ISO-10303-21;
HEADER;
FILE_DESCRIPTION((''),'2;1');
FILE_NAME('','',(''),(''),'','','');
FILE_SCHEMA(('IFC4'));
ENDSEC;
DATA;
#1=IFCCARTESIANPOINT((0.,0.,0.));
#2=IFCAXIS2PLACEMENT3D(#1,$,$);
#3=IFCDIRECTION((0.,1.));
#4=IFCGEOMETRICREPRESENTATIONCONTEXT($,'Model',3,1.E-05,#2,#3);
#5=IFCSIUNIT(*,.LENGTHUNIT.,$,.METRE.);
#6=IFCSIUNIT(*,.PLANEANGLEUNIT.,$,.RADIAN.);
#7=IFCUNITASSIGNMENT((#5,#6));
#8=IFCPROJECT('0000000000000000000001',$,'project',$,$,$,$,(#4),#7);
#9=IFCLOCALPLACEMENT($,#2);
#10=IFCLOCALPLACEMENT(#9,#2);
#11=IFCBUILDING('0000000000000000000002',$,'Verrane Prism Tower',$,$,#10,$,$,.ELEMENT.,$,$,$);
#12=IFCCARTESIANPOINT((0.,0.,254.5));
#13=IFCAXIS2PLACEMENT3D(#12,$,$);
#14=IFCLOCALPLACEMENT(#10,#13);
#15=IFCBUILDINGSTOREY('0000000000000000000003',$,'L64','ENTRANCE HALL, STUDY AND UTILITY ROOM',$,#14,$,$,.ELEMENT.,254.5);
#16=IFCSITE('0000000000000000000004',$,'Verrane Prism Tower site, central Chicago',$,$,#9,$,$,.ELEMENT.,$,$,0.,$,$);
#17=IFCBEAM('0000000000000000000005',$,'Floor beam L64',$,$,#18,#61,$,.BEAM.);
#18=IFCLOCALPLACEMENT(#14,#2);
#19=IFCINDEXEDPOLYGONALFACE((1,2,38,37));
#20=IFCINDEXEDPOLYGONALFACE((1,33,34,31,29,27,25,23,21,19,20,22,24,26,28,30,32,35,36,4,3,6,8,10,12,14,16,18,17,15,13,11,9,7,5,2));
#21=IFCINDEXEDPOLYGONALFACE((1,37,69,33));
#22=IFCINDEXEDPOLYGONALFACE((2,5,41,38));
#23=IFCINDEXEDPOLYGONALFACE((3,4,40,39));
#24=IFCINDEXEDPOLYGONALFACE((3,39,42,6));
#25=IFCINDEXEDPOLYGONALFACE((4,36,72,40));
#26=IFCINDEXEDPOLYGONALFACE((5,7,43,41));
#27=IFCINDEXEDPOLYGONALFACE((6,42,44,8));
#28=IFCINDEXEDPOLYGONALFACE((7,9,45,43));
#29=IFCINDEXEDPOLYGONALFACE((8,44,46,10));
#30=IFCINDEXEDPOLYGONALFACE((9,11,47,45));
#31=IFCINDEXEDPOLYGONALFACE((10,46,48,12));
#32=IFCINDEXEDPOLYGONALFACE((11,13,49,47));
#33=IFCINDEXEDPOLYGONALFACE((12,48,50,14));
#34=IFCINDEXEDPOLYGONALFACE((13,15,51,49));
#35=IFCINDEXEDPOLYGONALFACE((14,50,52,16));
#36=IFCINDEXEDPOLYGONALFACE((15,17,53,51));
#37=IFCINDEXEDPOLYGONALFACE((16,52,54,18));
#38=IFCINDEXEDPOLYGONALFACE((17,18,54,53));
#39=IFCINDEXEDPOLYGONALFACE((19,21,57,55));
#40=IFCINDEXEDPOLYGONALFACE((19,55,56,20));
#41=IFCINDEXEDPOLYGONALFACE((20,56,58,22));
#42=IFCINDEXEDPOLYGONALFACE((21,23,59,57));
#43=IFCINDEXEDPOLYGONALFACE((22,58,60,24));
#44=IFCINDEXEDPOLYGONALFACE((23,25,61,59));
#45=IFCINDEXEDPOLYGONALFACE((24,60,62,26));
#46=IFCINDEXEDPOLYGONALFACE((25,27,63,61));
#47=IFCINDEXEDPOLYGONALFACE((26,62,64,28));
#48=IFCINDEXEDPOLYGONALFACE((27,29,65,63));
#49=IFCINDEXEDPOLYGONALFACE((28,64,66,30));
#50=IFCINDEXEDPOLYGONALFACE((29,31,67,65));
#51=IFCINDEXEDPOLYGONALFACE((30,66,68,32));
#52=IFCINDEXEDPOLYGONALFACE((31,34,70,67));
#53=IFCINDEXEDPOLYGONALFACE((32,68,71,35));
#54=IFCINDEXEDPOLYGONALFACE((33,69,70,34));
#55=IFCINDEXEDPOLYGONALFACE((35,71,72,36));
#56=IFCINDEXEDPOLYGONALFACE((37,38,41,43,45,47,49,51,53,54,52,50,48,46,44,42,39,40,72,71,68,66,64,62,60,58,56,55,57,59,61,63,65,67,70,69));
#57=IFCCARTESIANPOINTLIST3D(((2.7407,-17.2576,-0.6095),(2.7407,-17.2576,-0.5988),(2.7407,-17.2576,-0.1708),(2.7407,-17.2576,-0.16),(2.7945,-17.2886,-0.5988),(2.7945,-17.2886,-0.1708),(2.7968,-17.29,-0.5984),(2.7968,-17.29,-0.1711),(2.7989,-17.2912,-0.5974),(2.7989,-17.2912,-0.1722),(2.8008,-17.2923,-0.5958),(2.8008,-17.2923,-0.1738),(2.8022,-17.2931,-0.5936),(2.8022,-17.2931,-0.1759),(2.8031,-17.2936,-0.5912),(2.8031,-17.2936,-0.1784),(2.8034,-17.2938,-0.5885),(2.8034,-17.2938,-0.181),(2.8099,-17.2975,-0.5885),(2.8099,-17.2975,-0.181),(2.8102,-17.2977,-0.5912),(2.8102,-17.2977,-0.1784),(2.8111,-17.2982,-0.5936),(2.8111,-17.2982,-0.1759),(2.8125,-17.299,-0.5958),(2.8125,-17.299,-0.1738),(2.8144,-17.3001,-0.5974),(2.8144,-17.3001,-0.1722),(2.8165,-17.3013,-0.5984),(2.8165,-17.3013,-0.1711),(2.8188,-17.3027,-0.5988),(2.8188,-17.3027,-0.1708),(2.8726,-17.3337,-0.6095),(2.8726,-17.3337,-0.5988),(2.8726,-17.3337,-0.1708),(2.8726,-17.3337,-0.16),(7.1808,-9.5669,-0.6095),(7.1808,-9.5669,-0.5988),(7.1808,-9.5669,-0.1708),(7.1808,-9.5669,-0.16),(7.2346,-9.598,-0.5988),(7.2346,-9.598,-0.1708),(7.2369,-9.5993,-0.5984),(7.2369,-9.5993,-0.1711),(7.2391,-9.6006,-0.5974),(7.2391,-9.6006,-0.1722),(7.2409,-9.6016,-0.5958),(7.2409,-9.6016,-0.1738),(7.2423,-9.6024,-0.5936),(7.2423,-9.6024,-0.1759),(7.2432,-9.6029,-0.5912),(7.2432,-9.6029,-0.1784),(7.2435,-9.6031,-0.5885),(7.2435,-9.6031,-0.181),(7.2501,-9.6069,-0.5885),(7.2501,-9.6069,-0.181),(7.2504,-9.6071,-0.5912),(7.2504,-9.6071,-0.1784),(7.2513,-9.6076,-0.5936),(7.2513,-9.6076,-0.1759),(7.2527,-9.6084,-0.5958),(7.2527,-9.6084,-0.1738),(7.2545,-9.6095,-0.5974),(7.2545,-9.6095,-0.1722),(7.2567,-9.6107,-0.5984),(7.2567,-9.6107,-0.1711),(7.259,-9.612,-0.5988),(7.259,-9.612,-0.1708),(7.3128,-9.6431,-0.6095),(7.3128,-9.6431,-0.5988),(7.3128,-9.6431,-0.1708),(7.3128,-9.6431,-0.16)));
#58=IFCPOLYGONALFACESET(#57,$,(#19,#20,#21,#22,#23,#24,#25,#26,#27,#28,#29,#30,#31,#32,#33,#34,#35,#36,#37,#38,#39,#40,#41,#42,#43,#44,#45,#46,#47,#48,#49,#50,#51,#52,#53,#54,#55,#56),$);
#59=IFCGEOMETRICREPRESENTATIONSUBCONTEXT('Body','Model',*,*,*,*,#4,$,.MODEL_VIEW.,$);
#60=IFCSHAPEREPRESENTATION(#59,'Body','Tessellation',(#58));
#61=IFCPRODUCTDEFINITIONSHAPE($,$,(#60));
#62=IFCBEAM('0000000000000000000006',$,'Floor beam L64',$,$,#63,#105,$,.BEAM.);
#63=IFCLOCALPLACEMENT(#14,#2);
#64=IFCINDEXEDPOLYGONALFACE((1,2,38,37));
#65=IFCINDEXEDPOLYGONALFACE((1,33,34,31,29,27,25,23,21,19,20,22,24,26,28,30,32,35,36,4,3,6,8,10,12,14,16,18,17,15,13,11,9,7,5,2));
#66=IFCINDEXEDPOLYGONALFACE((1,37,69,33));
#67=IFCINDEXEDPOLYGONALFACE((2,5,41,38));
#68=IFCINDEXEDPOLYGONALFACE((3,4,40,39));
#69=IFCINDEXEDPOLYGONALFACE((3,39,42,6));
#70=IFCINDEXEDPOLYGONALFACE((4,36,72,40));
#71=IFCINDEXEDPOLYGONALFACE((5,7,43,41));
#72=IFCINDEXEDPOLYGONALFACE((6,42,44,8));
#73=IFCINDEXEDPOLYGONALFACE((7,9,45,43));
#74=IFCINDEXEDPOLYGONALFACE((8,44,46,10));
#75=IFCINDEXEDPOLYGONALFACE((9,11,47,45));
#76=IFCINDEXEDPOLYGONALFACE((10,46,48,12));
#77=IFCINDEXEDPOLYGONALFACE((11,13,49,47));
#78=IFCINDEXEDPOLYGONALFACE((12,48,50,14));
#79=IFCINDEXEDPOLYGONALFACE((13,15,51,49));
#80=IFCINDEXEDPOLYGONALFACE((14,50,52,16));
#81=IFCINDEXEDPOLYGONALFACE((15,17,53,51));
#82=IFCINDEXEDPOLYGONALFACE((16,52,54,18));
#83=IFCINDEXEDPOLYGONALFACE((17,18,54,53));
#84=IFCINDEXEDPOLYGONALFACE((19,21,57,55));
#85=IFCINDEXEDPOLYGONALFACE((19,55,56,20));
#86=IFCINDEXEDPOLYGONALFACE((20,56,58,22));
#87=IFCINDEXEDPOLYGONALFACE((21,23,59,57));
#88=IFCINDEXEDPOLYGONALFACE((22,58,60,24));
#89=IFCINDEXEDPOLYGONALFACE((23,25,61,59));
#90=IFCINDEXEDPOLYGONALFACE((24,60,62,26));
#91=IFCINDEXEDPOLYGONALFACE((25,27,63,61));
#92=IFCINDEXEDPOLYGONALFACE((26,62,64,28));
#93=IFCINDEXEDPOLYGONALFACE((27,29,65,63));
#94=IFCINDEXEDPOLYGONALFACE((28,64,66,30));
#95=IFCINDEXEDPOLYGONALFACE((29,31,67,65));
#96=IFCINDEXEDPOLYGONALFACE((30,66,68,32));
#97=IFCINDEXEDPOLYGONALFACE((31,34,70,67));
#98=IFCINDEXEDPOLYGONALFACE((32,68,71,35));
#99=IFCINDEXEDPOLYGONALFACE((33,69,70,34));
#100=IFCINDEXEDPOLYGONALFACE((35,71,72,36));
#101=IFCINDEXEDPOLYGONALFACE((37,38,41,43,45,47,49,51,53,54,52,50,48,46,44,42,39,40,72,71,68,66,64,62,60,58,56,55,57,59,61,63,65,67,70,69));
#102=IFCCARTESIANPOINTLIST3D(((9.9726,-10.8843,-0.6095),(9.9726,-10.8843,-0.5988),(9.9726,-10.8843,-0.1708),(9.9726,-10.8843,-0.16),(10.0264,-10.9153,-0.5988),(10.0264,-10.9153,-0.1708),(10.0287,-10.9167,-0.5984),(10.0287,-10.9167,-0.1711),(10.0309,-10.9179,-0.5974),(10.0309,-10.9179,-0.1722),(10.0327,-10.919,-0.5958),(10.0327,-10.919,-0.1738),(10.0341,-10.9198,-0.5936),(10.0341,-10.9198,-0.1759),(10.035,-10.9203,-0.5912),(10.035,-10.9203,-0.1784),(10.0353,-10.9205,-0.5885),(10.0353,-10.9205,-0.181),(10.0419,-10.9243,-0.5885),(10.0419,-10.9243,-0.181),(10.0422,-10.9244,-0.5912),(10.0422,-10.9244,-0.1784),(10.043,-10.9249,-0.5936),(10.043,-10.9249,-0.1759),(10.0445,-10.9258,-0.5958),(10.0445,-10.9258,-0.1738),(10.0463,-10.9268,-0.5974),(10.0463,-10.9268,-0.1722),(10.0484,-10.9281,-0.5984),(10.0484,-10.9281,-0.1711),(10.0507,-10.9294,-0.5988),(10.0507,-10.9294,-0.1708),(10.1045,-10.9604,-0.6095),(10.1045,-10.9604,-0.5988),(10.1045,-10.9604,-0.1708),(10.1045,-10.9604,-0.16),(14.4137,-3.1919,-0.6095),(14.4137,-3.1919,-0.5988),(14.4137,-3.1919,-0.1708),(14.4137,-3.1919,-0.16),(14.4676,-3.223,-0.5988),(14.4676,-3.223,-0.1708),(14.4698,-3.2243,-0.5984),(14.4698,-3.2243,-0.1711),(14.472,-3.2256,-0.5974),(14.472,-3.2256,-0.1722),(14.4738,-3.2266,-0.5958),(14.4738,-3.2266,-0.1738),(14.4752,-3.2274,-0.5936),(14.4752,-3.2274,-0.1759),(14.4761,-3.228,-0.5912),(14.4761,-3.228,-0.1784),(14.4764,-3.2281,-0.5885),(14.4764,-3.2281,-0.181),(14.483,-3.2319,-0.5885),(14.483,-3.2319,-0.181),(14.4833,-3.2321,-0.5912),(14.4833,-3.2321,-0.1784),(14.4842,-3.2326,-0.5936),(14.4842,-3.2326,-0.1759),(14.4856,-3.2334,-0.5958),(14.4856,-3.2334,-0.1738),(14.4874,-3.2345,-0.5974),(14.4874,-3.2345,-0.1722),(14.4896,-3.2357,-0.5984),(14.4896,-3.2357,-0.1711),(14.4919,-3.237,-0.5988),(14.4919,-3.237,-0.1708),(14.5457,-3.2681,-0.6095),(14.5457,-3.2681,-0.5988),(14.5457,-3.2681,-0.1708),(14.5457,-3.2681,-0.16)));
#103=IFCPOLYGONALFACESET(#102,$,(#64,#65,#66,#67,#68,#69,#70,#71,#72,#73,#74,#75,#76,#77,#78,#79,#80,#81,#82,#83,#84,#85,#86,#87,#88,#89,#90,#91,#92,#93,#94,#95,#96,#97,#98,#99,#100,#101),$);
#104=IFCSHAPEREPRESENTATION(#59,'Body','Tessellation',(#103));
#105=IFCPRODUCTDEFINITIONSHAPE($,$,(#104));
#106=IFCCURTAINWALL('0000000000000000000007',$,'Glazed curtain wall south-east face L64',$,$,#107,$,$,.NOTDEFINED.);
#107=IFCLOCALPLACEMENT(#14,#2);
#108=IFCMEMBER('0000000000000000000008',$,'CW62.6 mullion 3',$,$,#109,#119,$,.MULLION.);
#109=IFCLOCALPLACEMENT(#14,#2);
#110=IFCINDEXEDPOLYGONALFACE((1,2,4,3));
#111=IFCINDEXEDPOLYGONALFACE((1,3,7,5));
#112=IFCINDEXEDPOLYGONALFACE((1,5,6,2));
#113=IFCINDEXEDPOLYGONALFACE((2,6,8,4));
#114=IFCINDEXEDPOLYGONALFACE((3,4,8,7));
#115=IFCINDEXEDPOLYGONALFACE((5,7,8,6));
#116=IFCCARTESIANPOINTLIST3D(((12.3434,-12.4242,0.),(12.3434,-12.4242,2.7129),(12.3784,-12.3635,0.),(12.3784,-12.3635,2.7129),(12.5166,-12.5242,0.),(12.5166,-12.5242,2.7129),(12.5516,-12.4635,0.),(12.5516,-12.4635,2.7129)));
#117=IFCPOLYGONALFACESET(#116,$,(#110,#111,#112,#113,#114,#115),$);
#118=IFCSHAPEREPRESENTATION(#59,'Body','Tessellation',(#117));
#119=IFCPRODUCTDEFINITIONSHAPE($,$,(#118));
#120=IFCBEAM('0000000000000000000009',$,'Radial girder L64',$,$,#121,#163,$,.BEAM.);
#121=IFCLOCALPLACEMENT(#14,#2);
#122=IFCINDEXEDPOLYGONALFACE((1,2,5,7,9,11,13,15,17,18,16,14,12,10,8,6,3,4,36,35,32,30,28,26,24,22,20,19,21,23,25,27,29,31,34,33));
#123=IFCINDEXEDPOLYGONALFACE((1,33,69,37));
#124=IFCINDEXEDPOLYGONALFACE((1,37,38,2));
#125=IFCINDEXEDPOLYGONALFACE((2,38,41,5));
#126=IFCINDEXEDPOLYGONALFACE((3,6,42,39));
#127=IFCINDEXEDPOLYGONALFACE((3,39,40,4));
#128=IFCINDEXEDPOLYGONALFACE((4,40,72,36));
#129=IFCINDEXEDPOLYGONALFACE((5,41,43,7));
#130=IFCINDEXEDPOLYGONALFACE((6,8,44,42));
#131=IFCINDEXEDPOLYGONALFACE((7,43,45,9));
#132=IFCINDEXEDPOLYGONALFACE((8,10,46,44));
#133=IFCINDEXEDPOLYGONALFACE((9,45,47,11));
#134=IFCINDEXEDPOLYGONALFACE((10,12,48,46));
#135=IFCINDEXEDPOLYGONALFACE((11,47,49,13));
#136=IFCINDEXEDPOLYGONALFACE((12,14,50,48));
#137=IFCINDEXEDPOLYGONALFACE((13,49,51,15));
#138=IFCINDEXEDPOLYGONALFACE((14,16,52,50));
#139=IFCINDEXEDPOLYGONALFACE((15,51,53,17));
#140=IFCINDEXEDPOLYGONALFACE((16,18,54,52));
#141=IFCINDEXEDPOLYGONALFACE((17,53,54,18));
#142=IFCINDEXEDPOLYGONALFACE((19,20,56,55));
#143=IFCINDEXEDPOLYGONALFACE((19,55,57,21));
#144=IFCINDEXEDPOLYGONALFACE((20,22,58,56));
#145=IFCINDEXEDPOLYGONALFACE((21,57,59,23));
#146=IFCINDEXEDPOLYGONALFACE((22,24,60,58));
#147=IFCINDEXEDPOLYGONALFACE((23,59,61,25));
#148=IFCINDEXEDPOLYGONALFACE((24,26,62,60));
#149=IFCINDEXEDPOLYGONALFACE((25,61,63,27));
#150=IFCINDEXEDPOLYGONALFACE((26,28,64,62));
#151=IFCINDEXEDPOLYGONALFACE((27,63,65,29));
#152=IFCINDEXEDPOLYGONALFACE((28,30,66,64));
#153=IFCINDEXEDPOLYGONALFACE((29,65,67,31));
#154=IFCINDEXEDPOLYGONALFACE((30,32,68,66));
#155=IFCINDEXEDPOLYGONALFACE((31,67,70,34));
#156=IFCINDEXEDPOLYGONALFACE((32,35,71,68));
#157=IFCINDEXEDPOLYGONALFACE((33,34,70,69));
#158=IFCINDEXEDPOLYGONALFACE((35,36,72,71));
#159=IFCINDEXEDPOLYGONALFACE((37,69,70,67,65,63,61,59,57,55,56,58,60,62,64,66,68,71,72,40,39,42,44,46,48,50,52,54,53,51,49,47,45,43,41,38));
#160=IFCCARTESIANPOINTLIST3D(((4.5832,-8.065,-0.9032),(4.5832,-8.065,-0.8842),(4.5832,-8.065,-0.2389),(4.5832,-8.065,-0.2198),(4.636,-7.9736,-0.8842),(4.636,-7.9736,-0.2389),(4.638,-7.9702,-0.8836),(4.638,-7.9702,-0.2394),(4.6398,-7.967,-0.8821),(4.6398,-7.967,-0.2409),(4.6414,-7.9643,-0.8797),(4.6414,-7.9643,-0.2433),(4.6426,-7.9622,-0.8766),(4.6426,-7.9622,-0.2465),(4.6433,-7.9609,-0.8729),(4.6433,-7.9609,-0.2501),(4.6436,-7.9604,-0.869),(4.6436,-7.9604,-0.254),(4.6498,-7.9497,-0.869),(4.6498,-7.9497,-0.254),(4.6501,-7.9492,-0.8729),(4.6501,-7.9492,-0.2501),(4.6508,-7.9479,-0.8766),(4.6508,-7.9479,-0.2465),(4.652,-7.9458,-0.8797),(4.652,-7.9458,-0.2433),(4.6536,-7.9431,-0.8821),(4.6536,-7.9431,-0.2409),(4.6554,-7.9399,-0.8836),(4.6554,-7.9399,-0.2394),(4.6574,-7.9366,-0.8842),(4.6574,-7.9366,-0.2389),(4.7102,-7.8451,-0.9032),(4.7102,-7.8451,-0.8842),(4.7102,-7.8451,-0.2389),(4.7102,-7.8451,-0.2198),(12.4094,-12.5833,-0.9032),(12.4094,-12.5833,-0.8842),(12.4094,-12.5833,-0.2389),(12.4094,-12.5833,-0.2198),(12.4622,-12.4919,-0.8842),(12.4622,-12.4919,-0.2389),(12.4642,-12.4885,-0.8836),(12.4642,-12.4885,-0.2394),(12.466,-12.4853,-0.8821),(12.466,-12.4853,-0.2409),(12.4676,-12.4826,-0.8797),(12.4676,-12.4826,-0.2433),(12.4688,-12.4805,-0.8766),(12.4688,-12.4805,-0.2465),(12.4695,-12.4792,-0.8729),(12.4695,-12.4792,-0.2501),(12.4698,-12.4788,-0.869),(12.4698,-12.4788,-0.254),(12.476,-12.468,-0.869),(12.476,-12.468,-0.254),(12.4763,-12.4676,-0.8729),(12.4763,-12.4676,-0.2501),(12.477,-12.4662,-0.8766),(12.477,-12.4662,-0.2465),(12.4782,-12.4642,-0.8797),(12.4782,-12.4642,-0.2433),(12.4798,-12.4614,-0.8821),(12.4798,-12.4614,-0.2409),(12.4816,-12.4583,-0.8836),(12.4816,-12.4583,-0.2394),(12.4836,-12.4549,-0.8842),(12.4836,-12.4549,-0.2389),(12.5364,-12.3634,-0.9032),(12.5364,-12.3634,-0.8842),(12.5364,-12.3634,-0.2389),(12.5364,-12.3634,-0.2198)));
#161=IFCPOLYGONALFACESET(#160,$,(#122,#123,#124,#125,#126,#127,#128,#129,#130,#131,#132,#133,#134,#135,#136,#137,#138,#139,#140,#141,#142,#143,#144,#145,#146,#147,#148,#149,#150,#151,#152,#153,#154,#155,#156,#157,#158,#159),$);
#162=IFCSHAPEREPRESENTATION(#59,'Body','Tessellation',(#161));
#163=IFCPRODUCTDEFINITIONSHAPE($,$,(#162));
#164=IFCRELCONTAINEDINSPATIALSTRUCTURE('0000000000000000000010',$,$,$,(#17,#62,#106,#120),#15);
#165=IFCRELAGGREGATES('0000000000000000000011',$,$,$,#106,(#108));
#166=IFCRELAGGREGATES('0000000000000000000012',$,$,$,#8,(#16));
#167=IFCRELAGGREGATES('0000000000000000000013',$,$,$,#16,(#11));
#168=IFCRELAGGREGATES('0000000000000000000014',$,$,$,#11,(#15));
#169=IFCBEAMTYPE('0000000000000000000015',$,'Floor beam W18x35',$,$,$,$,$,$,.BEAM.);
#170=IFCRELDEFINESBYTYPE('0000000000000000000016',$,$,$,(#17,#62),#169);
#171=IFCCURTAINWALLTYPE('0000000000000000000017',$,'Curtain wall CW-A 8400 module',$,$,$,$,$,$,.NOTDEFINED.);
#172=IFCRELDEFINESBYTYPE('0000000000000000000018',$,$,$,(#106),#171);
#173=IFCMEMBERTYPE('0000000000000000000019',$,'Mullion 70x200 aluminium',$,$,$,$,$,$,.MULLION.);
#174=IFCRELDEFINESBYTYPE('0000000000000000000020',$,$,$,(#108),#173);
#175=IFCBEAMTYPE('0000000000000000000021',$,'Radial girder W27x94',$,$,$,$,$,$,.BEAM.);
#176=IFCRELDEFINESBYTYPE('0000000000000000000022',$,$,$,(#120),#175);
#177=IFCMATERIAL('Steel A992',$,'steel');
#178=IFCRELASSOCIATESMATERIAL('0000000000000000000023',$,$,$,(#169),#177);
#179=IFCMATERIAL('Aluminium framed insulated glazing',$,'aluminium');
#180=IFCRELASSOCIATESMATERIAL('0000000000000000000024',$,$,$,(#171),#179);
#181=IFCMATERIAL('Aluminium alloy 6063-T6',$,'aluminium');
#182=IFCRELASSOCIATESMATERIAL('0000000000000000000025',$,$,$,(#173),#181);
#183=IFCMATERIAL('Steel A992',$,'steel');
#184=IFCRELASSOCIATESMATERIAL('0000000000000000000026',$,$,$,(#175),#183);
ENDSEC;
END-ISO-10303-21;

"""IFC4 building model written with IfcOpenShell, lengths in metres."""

from ifc_helpers import new_model, si_unit, direction, frame, origin, origin_2d, place, context, subcontext, project, spatial, rectangle, i_section, extrude, material, material_profile, profile_set, type_object, element, aggregate, save


model = new_model("IFC4")

# Units and contexts
model_context = context("Model", 3, precision=1e-05, world=origin(), true_north=direction((0.0, 1.0)))
body_context = subcontext(model_context, "Body", "Model", "MODEL_VIEW")
ifc_project = project(units=[si_unit("LENGTHUNIT", "METRE"), si_unit("PLANEANGLEUNIT", "RADIAN")], contexts=[model_context])

# Site, building, storey
site_placement = place(None, origin())
site = spatial("IfcSite", under=ifc_project, at=site_placement, Name="Verrane Prism Tower site, central Chicago", CompositionType="ELEMENT", RefElevation=0.0)
building_placement = place(site_placement, origin())
building = spatial("IfcBuilding", under=site, at=building_placement, Name="Verrane Prism Tower", CompositionType="ELEMENT")
storey_placement = place(building_placement, frame((0.0, 0.0, 254.5)))
storey = spatial("IfcBuildingStorey", under=building, at=storey_placement, Name="L64", Description="ENTRANCE HALL, STUDY AND UTILITY ROOM", CompositionType="ELEMENT", Elevation=254.5)

# Beams
ifc_material_1 = material(Name="Steel A992", Category="steel")
ifc_material_profile_1 = material_profile(ifc_material_1, i_section(OverallWidth=0.1523, OverallDepth=0.4495, WebThickness=0.0076, FlangeThickness=0.0107, FilletRadius=0.0103, at=origin_2d()), Name="W18x35")
ifc_profile_set_1 = profile_set([ifc_material_profile_1], Name="Steel A992")
beam_type_1 = type_object("IfcBeamType", Name="Floor beam W18x35", PredefinedType="BEAM", material=ifc_profile_set_1)
beam_1_placement = place(storey_placement, frame((2.8066, -17.2957, -0.3848), z_axis=(0.499998, 0.866027, 0.0), x_axis=(-0.866027, 0.499998, 0.0)))
element("IfcBeam", 1, at=beam_1_placement, inside=storey, type_object=beam_type_1, Name="Floor beam L64", PredefinedType="BEAM", context=body_context, shape_type="SweptSolid", body=[
    extrude(i_section(OverallWidth=0.1523, OverallDepth=0.4495, WebThickness=0.0076, FlangeThickness=0.0107, FilletRadius=0.0103, at=origin_2d()), origin(), (0.0, 0.0, 1.0), 8.8804),
])
beam_2_placement = place(storey_placement, frame((10.0386, -10.9224, -0.3848), z_axis=(0.499997, 0.866027, 0.0), x_axis=(-0.866027, 0.499997, 0.0)))
element("IfcBeam", 2, at=beam_2_placement, inside=storey, type_object=beam_type_1, Name="Floor beam L64", PredefinedType="BEAM", context=body_context, shape_type="SweptSolid", body=[
    extrude(i_section(OverallWidth=0.1523, OverallDepth=0.4495, WebThickness=0.0076, FlangeThickness=0.0107, FilletRadius=0.0103, at=origin_2d()), origin(), (0.0, 0.0, 1.0), 8.8823),
])

# Curtain wall, member
ifc_material_2 = material(Name="Aluminium framed insulated glazing", Category="aluminium")
curtain_wall_type = type_object("IfcCurtainWallType", Name="Curtain wall CW-A 8400 module", PredefinedType="NOTDEFINED", material=ifc_material_2)
curtain_wall_placement = place(storey_placement, origin())
curtain_wall = element("IfcCurtainWall", 3, at=curtain_wall_placement, inside=storey, type_object=curtain_wall_type, Name="Glazed curtain wall south-east face L64", PredefinedType="NOTDEFINED")
ifc_material_3 = material(Name="Aluminium alloy 6063-T6", Category="aluminium")
ifc_material_profile_2 = material_profile(ifc_material_3, rectangle(XDim=0.2, YDim=0.0701, at=origin_2d()), Name="Mullion 70x200 aluminium")
ifc_profile_set_2 = profile_set([ifc_material_profile_2], Name="Aluminium alloy 6063-T6")
member_type_1 = type_object("IfcMemberType", Name="Mullion 70x200 aluminium", PredefinedType="MULLION", material=ifc_profile_set_2)
member_1_placement = place(storey_placement, frame((12.4475, -12.4438, 0.0), z_axis=(0.0, 0.0, 1.0), x_axis=(-0.866026, 0.5, 0.0)))
member_1 = element("IfcMember", 4, at=member_1_placement, type_object=member_type_1, Name="CW62.6 mullion 3", PredefinedType="MULLION", context=body_context, shape_type="SweptSolid", body=[
    extrude(rectangle(XDim=0.2, YDim=0.0701, at=origin_2d()), origin(), (0.0, 0.0, 1.0), 2.7129),
])

# Beam
ifc_material_4 = material(Name="Steel A992", Category="steel")
ifc_material_profile_3 = material_profile(ifc_material_4, i_section(OverallWidth=0.2539, OverallDepth=0.6833, WebThickness=0.0125, FlangeThickness=0.019, FilletRadius=0.0151, at=origin_2d()), Name="W27x94")
ifc_profile_set_3 = profile_set([ifc_material_profile_3], Name="Steel A992")
beam_type_2 = type_object("IfcBeamType", Name="Radial girder W27x94", PredefinedType="BEAM", material=ifc_profile_set_3)
beam_3_placement = place(storey_placement, frame((12.4729, -12.4734, -0.5615), z_axis=(-0.866032, 0.499989, 0.0), x_axis=(-0.499989, -0.866032, 0.0)))
element("IfcBeam", 5, at=beam_3_placement, inside=storey, type_object=beam_type_2, Name="Radial girder L64", PredefinedType="BEAM", context=body_context, shape_type="SweptSolid", body=[
    extrude(i_section(OverallWidth=0.2539, OverallDepth=0.6833, WebThickness=0.0125, FlangeThickness=0.019, FilletRadius=0.0151, at=origin_2d()), origin(), (0.0, 0.0, 1.0), 9.0369),
])

aggregate(curtain_wall, [member_1])

save(model, "model.ifc")
